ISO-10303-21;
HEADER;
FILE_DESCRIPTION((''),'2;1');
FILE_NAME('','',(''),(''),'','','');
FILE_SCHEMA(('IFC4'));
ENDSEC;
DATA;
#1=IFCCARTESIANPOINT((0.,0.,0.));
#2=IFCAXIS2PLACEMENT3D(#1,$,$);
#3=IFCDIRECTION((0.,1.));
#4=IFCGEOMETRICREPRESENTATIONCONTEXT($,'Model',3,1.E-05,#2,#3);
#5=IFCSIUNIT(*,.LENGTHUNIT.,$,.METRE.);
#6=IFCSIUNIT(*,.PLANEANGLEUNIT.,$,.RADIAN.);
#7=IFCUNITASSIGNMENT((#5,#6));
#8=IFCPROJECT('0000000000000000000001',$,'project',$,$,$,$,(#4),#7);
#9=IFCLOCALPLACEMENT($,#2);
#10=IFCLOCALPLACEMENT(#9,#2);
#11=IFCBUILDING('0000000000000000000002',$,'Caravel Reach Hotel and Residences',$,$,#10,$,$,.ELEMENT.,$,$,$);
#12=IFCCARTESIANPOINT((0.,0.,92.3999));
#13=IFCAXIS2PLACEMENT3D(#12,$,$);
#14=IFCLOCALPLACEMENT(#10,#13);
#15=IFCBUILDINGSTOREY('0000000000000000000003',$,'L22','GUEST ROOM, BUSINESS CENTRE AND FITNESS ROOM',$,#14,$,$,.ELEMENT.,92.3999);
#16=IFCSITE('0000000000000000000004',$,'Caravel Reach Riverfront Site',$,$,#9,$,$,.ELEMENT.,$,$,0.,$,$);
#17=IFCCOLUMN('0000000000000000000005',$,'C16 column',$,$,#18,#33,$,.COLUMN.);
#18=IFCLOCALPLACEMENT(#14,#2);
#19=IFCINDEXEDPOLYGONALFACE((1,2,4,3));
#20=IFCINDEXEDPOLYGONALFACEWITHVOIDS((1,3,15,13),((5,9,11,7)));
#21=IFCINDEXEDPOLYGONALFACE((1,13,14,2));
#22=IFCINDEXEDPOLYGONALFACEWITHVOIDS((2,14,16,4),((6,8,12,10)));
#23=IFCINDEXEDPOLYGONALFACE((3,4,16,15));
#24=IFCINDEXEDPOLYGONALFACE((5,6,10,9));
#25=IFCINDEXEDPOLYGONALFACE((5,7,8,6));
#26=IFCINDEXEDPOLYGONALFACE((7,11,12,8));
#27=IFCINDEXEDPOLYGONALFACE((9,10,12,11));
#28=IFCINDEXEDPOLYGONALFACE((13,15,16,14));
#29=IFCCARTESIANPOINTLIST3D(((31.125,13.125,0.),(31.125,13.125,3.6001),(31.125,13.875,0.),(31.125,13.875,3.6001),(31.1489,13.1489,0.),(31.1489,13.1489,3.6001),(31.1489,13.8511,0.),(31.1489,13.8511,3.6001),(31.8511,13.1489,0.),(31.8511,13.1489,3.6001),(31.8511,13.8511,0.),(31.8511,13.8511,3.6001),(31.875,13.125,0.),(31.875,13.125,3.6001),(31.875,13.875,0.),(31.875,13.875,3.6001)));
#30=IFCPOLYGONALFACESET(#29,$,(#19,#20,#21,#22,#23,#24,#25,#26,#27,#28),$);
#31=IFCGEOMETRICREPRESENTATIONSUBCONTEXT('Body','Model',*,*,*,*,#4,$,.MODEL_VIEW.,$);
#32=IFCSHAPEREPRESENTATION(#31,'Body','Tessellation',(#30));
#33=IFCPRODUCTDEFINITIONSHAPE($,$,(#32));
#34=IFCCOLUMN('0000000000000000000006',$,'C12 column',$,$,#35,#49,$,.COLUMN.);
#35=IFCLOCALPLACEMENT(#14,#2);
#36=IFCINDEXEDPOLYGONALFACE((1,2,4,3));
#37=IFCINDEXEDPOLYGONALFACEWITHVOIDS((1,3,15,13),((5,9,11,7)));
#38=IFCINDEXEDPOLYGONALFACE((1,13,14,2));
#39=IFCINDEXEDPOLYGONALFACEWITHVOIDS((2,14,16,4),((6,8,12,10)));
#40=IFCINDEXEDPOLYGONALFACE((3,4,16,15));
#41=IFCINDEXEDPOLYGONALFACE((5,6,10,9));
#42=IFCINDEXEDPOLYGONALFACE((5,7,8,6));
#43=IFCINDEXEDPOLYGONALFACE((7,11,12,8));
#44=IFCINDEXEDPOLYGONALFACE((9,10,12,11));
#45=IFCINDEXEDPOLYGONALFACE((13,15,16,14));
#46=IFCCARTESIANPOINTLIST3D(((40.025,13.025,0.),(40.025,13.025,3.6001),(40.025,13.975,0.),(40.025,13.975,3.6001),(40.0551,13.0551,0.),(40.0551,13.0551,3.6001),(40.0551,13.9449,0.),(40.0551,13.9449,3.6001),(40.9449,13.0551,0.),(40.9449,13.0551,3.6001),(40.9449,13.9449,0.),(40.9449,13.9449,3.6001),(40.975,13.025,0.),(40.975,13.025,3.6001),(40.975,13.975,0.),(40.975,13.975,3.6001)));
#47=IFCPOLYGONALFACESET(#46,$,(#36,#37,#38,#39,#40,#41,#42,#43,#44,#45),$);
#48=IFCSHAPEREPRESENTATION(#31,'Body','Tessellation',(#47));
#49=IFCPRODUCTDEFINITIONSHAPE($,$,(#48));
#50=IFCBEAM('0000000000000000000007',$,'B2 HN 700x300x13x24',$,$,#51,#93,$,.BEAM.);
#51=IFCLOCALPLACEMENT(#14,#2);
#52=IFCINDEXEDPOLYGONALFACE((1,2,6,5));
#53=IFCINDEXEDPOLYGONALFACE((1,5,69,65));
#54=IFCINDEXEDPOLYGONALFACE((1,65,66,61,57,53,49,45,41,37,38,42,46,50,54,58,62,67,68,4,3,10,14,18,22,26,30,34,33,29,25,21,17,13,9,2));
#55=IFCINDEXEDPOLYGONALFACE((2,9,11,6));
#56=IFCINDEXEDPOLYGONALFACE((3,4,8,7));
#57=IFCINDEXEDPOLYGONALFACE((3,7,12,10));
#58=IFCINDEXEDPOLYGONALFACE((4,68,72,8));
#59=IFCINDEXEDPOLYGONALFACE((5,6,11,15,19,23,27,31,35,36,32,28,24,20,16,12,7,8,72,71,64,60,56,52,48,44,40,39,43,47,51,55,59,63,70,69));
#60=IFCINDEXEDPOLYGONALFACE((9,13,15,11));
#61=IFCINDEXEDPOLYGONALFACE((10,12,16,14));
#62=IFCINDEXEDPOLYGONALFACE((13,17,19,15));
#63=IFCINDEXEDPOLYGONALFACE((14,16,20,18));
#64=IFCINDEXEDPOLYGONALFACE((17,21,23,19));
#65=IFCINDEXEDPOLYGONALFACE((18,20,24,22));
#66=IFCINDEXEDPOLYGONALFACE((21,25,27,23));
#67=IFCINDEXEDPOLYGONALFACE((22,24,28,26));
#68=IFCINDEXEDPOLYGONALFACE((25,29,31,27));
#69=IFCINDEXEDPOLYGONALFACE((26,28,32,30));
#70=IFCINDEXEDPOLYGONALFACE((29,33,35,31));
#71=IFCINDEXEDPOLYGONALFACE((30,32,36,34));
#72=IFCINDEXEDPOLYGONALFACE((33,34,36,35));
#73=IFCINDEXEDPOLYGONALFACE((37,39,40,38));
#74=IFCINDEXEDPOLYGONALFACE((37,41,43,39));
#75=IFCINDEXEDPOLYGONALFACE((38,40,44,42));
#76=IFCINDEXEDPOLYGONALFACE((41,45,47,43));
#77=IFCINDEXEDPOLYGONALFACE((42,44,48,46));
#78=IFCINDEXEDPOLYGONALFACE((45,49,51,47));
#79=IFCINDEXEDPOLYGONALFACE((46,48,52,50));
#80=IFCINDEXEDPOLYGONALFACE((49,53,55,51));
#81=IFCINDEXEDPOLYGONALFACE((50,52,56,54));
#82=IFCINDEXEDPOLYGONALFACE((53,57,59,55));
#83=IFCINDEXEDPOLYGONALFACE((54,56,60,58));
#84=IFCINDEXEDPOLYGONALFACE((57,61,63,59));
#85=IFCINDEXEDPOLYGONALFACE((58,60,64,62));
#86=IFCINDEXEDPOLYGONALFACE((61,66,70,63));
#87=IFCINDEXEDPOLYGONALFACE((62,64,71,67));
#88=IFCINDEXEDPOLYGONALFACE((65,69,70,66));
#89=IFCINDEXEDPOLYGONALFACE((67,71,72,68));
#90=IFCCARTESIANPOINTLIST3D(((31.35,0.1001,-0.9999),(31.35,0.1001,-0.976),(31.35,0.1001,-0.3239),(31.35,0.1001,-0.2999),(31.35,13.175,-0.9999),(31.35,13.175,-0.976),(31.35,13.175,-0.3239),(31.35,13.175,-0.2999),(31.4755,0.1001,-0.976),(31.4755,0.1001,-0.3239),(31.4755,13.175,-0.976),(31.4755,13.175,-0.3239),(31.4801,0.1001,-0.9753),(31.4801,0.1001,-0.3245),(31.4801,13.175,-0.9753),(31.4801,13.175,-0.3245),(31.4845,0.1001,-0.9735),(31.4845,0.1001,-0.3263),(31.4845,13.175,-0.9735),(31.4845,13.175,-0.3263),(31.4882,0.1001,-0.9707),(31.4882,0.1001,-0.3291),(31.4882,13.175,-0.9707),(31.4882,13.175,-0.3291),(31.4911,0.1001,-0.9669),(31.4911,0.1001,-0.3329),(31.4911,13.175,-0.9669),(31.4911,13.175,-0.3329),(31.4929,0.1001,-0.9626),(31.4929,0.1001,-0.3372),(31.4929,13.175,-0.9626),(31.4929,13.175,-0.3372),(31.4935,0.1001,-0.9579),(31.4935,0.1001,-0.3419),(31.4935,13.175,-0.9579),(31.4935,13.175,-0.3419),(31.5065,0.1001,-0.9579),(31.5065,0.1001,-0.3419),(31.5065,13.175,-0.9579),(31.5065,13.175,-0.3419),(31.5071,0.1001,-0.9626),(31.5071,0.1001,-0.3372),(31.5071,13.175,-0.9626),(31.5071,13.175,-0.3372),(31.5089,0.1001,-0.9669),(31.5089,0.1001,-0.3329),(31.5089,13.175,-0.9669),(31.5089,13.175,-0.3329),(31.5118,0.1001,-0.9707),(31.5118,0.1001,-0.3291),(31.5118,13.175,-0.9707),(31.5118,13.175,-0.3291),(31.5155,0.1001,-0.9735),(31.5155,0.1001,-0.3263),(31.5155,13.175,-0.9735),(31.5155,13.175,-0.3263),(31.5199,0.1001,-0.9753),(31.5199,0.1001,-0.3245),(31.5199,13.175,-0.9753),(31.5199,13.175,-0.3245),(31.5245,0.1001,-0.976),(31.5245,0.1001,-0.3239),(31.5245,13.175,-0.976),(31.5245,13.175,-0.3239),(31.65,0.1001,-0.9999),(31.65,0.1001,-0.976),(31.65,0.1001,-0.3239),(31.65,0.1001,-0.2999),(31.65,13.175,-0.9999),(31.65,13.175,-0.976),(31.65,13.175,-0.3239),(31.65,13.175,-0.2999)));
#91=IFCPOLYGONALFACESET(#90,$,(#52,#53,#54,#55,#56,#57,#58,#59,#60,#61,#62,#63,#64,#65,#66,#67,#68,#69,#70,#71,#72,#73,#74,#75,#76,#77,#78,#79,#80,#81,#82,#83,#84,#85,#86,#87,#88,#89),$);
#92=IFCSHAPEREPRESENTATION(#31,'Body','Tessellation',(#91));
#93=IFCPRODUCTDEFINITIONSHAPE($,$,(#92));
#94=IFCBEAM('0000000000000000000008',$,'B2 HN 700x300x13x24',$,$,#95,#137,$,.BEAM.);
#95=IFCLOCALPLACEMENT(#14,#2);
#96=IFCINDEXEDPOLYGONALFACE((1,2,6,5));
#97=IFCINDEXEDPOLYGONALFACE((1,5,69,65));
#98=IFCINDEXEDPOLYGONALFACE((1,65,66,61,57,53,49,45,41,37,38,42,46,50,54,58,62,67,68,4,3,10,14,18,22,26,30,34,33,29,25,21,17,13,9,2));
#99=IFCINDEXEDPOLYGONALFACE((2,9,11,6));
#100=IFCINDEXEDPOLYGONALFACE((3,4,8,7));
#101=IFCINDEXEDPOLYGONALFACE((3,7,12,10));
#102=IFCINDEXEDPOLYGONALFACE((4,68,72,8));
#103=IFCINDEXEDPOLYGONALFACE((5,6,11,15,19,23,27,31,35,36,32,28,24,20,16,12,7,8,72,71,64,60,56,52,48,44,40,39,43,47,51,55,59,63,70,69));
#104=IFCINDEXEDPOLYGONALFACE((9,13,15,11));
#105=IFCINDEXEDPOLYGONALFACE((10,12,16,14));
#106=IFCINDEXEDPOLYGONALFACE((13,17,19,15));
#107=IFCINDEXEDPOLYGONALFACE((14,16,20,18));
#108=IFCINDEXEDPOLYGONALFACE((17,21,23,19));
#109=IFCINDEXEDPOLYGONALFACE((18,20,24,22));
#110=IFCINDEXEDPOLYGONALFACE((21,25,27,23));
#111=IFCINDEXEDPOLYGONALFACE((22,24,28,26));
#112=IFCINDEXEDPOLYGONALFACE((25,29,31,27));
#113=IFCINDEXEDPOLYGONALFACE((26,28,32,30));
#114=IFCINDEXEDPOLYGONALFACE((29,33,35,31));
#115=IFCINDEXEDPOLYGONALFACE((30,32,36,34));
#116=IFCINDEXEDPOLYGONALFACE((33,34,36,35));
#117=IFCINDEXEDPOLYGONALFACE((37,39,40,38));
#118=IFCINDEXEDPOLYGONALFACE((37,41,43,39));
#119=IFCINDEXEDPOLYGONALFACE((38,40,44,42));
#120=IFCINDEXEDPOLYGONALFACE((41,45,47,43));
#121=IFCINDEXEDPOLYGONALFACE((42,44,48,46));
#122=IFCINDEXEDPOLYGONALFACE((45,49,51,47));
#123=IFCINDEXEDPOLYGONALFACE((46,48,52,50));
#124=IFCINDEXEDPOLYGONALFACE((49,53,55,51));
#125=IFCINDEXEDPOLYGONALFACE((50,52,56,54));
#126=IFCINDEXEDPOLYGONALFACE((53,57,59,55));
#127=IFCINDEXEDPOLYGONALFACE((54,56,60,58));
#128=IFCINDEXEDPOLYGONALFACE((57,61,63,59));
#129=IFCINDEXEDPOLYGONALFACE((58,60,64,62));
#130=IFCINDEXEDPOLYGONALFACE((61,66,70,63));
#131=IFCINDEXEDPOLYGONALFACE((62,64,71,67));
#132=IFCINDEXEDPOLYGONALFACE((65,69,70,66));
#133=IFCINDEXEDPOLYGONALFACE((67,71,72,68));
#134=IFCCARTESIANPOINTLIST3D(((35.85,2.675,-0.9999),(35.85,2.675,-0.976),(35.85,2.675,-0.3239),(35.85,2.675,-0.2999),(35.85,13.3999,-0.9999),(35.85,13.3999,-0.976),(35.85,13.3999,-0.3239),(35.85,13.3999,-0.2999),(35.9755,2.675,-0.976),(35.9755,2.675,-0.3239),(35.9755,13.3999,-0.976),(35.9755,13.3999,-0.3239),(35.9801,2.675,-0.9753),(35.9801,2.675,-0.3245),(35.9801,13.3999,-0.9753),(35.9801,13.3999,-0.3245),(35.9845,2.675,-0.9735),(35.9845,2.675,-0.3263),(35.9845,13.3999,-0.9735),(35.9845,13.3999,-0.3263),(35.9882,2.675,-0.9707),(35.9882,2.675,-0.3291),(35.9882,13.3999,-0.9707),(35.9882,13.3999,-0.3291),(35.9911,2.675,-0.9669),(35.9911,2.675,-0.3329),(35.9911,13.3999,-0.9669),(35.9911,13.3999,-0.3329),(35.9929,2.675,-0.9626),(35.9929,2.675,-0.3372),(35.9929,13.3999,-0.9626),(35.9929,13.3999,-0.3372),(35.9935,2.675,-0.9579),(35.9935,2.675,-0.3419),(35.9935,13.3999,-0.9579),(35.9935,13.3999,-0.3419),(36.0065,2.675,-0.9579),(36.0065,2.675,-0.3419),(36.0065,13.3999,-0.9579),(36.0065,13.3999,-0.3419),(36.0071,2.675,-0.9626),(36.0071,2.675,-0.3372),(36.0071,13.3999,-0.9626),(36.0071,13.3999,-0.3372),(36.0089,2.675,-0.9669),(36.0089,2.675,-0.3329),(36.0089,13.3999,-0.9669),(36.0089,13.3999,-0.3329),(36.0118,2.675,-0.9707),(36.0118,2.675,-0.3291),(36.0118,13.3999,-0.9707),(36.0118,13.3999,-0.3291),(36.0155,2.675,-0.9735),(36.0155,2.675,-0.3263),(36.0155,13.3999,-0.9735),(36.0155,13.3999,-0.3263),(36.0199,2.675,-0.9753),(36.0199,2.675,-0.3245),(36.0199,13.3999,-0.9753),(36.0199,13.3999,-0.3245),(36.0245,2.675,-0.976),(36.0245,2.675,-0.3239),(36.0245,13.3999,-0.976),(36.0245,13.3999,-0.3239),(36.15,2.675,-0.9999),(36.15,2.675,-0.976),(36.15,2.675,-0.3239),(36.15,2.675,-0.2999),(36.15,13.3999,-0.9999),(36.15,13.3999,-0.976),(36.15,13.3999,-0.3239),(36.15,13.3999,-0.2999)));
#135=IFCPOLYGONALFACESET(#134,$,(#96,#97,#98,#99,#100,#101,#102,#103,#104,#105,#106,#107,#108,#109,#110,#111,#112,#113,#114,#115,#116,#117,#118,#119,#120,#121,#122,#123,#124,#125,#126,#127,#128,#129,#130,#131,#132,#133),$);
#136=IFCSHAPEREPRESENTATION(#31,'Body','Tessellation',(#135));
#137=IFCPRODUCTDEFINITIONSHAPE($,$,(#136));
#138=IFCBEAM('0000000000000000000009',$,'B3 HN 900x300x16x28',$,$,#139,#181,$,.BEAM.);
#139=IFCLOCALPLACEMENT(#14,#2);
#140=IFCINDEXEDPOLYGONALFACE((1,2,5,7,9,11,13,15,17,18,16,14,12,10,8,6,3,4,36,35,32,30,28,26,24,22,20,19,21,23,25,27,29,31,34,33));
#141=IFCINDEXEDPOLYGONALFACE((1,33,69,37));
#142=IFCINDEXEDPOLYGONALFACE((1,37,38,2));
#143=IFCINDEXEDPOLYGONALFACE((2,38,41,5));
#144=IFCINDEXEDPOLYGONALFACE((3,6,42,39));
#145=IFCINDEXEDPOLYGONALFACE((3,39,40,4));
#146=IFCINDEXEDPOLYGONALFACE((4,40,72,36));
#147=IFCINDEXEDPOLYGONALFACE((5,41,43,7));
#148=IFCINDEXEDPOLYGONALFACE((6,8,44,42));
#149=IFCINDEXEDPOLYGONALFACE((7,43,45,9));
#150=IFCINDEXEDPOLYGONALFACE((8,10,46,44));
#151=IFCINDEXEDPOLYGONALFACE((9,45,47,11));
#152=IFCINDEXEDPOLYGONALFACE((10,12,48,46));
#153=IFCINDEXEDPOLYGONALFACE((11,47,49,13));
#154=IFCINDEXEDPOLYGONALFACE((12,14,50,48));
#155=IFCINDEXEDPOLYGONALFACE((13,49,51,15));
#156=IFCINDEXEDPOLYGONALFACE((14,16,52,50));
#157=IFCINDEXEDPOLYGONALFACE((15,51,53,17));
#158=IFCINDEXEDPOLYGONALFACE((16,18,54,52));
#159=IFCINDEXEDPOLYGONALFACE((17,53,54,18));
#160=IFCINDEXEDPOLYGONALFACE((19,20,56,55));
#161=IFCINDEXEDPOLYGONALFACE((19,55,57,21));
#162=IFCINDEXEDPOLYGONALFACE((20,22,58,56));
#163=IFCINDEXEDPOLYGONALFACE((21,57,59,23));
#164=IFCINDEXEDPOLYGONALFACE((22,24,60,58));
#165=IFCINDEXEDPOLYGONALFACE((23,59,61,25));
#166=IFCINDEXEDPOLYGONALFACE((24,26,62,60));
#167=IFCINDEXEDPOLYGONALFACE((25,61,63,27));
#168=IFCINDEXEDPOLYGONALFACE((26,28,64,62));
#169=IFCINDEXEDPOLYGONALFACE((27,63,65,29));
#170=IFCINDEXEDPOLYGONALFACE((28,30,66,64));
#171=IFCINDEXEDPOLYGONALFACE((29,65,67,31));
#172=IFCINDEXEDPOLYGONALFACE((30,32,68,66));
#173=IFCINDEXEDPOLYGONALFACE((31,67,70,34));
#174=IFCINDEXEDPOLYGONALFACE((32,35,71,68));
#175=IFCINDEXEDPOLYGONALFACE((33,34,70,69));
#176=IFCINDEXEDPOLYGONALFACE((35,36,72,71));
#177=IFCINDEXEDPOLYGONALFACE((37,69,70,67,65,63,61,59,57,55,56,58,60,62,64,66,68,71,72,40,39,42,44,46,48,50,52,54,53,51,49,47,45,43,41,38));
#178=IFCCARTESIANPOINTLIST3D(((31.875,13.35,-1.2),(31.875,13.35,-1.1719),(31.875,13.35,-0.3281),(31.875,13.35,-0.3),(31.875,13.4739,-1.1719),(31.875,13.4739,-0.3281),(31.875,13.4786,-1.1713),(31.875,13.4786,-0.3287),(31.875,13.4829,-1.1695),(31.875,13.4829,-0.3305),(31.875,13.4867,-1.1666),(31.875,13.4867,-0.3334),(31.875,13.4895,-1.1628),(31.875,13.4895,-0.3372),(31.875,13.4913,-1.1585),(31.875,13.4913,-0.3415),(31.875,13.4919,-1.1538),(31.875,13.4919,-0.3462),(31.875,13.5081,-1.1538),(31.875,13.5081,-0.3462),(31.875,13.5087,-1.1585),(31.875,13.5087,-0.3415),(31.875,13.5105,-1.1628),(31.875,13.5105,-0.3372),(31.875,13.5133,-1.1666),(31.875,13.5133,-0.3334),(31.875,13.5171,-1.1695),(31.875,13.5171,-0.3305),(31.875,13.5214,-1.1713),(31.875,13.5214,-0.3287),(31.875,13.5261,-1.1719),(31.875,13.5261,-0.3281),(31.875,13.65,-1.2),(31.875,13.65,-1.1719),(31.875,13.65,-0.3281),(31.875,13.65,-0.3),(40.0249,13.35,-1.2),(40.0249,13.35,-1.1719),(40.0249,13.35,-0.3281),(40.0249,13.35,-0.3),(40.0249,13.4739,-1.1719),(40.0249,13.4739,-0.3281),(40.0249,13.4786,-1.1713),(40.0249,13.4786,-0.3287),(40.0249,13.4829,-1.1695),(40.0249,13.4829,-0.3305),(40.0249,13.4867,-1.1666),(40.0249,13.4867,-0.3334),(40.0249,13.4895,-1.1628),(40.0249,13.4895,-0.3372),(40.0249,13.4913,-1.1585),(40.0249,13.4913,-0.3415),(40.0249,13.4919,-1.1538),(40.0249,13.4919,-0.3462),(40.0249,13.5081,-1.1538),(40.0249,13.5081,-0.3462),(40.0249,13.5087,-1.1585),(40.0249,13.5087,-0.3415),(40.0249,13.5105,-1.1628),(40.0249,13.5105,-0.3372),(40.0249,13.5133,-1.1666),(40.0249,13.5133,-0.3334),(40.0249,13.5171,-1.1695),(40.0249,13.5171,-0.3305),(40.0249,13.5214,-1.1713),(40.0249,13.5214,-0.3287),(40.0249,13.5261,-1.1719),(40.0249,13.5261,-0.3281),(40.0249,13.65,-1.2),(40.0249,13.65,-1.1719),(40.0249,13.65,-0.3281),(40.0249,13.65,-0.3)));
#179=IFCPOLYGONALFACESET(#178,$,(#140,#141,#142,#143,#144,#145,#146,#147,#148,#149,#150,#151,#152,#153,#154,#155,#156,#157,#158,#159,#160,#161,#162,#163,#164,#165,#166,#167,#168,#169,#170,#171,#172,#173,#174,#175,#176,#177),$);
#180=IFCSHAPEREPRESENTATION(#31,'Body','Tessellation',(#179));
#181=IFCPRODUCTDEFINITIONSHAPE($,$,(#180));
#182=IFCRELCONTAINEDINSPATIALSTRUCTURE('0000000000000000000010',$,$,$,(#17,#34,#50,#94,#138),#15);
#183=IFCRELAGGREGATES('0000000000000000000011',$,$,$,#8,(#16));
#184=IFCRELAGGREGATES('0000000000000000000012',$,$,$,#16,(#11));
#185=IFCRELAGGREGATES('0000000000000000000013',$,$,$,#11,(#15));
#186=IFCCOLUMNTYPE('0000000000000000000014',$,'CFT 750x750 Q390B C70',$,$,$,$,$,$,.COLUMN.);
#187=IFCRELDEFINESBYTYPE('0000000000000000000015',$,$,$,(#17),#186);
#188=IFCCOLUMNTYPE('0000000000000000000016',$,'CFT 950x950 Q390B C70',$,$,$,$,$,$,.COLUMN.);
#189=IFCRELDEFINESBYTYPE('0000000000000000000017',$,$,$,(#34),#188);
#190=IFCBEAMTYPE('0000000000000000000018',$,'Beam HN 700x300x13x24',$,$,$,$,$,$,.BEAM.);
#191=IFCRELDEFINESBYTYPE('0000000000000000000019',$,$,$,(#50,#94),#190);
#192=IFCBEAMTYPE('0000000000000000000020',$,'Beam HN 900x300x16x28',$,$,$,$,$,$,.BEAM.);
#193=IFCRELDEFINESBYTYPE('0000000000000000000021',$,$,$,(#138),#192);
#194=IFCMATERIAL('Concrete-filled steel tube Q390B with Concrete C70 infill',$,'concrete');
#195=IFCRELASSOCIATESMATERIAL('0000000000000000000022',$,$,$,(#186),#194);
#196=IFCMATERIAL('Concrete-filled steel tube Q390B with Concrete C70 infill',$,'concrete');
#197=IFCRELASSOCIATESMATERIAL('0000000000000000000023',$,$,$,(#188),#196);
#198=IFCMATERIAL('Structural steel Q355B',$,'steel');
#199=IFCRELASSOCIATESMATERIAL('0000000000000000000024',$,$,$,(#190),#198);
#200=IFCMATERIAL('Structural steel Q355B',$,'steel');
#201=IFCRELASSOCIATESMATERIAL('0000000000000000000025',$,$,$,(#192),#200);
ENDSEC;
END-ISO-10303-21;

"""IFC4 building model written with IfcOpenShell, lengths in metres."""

from ifc_helpers import new_model, si_unit, direction, frame, origin, origin_2d, place, context, subcontext, project, spatial, hollow_rectangle, i_section, extrude, material, material_profile, profile_set, type_object, element, save


model = new_model("IFC4")

# Units and contexts
model_context = context("Model", 3, precision=1e-05, world=origin(), true_north=direction((0.0, 1.0)))
body_context = subcontext(model_context, "Body", "Model", "MODEL_VIEW")
ifc_project = project(units=[si_unit("LENGTHUNIT", "METRE"), si_unit("PLANEANGLEUNIT", "RADIAN")], contexts=[model_context])

# Site, building, storey
site_placement = place(None, origin())
site = spatial("IfcSite", under=ifc_project, at=site_placement, Name="Caravel Reach Riverfront Site", CompositionType="ELEMENT", RefElevation=0.0)
building_placement = place(site_placement, origin())
building = spatial("IfcBuilding", under=site, at=building_placement, Name="Caravel Reach Hotel and Residences", CompositionType="ELEMENT")
storey_placement = place(building_placement, frame((0.0, 0.0, 92.3999)))
storey = spatial("IfcBuildingStorey", under=building, at=storey_placement, Name="L22", Description="GUEST ROOM, BUSINESS CENTRE AND FITNESS ROOM", CompositionType="ELEMENT", Elevation=92.3999)

# Columns
ifc_material_1 = material(Name="Concrete-filled steel tube Q390B with Concrete C70 infill", Category="concrete")
ifc_material_profile_1 = material_profile(ifc_material_1, hollow_rectangle(XDim=0.75, YDim=0.75, WallThickness=0.0239, at=origin_2d()), Name="RHS 750x750x24")
ifc_profile_set_1 = profile_set([ifc_material_profile_1], Name="Concrete-filled steel tube Q390B with Concrete C70 infill")
column_type_1 = type_object("IfcColumnType", Name="CFT 750x750 Q390B C70", PredefinedType="COLUMN", material=ifc_profile_set_1)
column_1_placement = place(storey_placement, frame((31.5, 13.5, 0.0), z_axis=(0.0, 0.0, 1.0), x_axis=(1.0, 0.0, 0.0)))
element("IfcColumn", 1, at=column_1_placement, inside=storey, type_object=column_type_1, Name="C16 column", PredefinedType="COLUMN", context=body_context, shape_type="SweptSolid", body=[
    extrude(hollow_rectangle(XDim=0.75, YDim=0.75, WallThickness=0.0239, at=origin_2d()), origin(), (0.0, 0.0, 1.0), 3.6001),
])
ifc_material_2 = material(Name="Concrete-filled steel tube Q390B with Concrete C70 infill", Category="concrete")
ifc_material_profile_2 = material_profile(ifc_material_2, hollow_rectangle(XDim=0.95, YDim=0.95, WallThickness=0.03, at=origin_2d()), Name="RHS 950x950x30")
ifc_profile_set_2 = profile_set([ifc_material_profile_2], Name="Concrete-filled steel tube Q390B with Concrete C70 infill")
column_type_2 = type_object("IfcColumnType", Name="CFT 950x950 Q390B C70", PredefinedType="COLUMN", material=ifc_profile_set_2)
column_2_placement = place(storey_placement, frame((40.5, 13.5, 0.0), z_axis=(0.0, 0.0, 1.0), x_axis=(1.0, 0.0, 0.0)))
element("IfcColumn", 2, at=column_2_placement, inside=storey, type_object=column_type_2, Name="C12 column", PredefinedType="COLUMN", context=body_context, shape_type="SweptSolid", body=[
    extrude(hollow_rectangle(XDim=0.95, YDim=0.95, WallThickness=0.03, at=origin_2d()), origin(), (0.0, 0.0, 1.0), 3.6001),
])

# Beams
ifc_material_3 = material(Name="Structural steel Q355B", Category="steel")
ifc_material_profile_3 = material_profile(ifc_material_3, i_section(OverallWidth=0.3, OverallDepth=0.7, WebThickness=0.0129, FlangeThickness=0.0239, FilletRadius=0.0181, at=origin_2d()), Name="HN 700x300x13x24")
ifc_profile_set_3 = profile_set([ifc_material_profile_3], Name="Structural steel Q355B")
beam_type_1 = type_object("IfcBeamType", Name="Beam HN 700x300x13x24", PredefinedType="BEAM", material=ifc_profile_set_3)
beam_1_placement = place(storey_placement, frame((31.5, 13.175, -0.6499), z_axis=(0.0, -1.0, 0.0), x_axis=(1.0, 0.0, 0.0)))
element("IfcBeam", 3, at=beam_1_placement, inside=storey, type_object=beam_type_1, Name="B2 HN 700x300x13x24", PredefinedType="BEAM", context=body_context, shape_type="SweptSolid", body=[
    extrude(i_section(OverallWidth=0.3, OverallDepth=0.7, WebThickness=0.0129, FlangeThickness=0.0239, FilletRadius=0.0181, at=origin_2d()), origin(), (0.0, 0.0, 1.0), 13.075),
])
beam_2_placement = place(storey_placement, frame((36.0, 13.3999, -0.6499), z_axis=(0.0, -1.0, 0.0), x_axis=(1.0, 0.0, 0.0)))
element("IfcBeam", 4, at=beam_2_placement, inside=storey, type_object=beam_type_1, Name="B2 HN 700x300x13x24", PredefinedType="BEAM", context=body_context, shape_type="SweptSolid", body=[
    extrude(i_section(OverallWidth=0.3, OverallDepth=0.7, WebThickness=0.0129, FlangeThickness=0.0239, FilletRadius=0.0181, at=origin_2d()), origin(), (0.0, 0.0, 1.0), 10.7249),
])
ifc_material_4 = material(Name="Structural steel Q355B", Category="steel")
ifc_material_profile_4 = material_profile(ifc_material_4, i_section(OverallWidth=0.3, OverallDepth=0.8999, WebThickness=0.0161, FlangeThickness=0.0281, FilletRadius=0.0181, at=origin_2d()), Name="HN 900x300x16x28")
ifc_profile_set_4 = profile_set([ifc_material_profile_4], Name="Structural steel Q355B")
beam_type_2 = type_object("IfcBeamType", Name="Beam HN 900x300x16x28", PredefinedType="BEAM", material=ifc_profile_set_4)
beam_3_placement = place(storey_placement, frame((31.875, 13.5, -0.75), z_axis=(1.0, 0.0, 0.0), x_axis=(0.0, 1.0, 0.0)))
element("IfcBeam", 5, at=beam_3_placement, inside=storey, type_object=beam_type_2, Name="B3 HN 900x300x16x28", PredefinedType="BEAM", context=body_context, shape_type="SweptSolid", body=[
    extrude(i_section(OverallWidth=0.3, OverallDepth=0.8999, WebThickness=0.0161, FlangeThickness=0.0281, FilletRadius=0.0181, at=origin_2d()), origin(), (0.0, 0.0, 1.0), 8.1499),
])

save(model, "model.ifc")
